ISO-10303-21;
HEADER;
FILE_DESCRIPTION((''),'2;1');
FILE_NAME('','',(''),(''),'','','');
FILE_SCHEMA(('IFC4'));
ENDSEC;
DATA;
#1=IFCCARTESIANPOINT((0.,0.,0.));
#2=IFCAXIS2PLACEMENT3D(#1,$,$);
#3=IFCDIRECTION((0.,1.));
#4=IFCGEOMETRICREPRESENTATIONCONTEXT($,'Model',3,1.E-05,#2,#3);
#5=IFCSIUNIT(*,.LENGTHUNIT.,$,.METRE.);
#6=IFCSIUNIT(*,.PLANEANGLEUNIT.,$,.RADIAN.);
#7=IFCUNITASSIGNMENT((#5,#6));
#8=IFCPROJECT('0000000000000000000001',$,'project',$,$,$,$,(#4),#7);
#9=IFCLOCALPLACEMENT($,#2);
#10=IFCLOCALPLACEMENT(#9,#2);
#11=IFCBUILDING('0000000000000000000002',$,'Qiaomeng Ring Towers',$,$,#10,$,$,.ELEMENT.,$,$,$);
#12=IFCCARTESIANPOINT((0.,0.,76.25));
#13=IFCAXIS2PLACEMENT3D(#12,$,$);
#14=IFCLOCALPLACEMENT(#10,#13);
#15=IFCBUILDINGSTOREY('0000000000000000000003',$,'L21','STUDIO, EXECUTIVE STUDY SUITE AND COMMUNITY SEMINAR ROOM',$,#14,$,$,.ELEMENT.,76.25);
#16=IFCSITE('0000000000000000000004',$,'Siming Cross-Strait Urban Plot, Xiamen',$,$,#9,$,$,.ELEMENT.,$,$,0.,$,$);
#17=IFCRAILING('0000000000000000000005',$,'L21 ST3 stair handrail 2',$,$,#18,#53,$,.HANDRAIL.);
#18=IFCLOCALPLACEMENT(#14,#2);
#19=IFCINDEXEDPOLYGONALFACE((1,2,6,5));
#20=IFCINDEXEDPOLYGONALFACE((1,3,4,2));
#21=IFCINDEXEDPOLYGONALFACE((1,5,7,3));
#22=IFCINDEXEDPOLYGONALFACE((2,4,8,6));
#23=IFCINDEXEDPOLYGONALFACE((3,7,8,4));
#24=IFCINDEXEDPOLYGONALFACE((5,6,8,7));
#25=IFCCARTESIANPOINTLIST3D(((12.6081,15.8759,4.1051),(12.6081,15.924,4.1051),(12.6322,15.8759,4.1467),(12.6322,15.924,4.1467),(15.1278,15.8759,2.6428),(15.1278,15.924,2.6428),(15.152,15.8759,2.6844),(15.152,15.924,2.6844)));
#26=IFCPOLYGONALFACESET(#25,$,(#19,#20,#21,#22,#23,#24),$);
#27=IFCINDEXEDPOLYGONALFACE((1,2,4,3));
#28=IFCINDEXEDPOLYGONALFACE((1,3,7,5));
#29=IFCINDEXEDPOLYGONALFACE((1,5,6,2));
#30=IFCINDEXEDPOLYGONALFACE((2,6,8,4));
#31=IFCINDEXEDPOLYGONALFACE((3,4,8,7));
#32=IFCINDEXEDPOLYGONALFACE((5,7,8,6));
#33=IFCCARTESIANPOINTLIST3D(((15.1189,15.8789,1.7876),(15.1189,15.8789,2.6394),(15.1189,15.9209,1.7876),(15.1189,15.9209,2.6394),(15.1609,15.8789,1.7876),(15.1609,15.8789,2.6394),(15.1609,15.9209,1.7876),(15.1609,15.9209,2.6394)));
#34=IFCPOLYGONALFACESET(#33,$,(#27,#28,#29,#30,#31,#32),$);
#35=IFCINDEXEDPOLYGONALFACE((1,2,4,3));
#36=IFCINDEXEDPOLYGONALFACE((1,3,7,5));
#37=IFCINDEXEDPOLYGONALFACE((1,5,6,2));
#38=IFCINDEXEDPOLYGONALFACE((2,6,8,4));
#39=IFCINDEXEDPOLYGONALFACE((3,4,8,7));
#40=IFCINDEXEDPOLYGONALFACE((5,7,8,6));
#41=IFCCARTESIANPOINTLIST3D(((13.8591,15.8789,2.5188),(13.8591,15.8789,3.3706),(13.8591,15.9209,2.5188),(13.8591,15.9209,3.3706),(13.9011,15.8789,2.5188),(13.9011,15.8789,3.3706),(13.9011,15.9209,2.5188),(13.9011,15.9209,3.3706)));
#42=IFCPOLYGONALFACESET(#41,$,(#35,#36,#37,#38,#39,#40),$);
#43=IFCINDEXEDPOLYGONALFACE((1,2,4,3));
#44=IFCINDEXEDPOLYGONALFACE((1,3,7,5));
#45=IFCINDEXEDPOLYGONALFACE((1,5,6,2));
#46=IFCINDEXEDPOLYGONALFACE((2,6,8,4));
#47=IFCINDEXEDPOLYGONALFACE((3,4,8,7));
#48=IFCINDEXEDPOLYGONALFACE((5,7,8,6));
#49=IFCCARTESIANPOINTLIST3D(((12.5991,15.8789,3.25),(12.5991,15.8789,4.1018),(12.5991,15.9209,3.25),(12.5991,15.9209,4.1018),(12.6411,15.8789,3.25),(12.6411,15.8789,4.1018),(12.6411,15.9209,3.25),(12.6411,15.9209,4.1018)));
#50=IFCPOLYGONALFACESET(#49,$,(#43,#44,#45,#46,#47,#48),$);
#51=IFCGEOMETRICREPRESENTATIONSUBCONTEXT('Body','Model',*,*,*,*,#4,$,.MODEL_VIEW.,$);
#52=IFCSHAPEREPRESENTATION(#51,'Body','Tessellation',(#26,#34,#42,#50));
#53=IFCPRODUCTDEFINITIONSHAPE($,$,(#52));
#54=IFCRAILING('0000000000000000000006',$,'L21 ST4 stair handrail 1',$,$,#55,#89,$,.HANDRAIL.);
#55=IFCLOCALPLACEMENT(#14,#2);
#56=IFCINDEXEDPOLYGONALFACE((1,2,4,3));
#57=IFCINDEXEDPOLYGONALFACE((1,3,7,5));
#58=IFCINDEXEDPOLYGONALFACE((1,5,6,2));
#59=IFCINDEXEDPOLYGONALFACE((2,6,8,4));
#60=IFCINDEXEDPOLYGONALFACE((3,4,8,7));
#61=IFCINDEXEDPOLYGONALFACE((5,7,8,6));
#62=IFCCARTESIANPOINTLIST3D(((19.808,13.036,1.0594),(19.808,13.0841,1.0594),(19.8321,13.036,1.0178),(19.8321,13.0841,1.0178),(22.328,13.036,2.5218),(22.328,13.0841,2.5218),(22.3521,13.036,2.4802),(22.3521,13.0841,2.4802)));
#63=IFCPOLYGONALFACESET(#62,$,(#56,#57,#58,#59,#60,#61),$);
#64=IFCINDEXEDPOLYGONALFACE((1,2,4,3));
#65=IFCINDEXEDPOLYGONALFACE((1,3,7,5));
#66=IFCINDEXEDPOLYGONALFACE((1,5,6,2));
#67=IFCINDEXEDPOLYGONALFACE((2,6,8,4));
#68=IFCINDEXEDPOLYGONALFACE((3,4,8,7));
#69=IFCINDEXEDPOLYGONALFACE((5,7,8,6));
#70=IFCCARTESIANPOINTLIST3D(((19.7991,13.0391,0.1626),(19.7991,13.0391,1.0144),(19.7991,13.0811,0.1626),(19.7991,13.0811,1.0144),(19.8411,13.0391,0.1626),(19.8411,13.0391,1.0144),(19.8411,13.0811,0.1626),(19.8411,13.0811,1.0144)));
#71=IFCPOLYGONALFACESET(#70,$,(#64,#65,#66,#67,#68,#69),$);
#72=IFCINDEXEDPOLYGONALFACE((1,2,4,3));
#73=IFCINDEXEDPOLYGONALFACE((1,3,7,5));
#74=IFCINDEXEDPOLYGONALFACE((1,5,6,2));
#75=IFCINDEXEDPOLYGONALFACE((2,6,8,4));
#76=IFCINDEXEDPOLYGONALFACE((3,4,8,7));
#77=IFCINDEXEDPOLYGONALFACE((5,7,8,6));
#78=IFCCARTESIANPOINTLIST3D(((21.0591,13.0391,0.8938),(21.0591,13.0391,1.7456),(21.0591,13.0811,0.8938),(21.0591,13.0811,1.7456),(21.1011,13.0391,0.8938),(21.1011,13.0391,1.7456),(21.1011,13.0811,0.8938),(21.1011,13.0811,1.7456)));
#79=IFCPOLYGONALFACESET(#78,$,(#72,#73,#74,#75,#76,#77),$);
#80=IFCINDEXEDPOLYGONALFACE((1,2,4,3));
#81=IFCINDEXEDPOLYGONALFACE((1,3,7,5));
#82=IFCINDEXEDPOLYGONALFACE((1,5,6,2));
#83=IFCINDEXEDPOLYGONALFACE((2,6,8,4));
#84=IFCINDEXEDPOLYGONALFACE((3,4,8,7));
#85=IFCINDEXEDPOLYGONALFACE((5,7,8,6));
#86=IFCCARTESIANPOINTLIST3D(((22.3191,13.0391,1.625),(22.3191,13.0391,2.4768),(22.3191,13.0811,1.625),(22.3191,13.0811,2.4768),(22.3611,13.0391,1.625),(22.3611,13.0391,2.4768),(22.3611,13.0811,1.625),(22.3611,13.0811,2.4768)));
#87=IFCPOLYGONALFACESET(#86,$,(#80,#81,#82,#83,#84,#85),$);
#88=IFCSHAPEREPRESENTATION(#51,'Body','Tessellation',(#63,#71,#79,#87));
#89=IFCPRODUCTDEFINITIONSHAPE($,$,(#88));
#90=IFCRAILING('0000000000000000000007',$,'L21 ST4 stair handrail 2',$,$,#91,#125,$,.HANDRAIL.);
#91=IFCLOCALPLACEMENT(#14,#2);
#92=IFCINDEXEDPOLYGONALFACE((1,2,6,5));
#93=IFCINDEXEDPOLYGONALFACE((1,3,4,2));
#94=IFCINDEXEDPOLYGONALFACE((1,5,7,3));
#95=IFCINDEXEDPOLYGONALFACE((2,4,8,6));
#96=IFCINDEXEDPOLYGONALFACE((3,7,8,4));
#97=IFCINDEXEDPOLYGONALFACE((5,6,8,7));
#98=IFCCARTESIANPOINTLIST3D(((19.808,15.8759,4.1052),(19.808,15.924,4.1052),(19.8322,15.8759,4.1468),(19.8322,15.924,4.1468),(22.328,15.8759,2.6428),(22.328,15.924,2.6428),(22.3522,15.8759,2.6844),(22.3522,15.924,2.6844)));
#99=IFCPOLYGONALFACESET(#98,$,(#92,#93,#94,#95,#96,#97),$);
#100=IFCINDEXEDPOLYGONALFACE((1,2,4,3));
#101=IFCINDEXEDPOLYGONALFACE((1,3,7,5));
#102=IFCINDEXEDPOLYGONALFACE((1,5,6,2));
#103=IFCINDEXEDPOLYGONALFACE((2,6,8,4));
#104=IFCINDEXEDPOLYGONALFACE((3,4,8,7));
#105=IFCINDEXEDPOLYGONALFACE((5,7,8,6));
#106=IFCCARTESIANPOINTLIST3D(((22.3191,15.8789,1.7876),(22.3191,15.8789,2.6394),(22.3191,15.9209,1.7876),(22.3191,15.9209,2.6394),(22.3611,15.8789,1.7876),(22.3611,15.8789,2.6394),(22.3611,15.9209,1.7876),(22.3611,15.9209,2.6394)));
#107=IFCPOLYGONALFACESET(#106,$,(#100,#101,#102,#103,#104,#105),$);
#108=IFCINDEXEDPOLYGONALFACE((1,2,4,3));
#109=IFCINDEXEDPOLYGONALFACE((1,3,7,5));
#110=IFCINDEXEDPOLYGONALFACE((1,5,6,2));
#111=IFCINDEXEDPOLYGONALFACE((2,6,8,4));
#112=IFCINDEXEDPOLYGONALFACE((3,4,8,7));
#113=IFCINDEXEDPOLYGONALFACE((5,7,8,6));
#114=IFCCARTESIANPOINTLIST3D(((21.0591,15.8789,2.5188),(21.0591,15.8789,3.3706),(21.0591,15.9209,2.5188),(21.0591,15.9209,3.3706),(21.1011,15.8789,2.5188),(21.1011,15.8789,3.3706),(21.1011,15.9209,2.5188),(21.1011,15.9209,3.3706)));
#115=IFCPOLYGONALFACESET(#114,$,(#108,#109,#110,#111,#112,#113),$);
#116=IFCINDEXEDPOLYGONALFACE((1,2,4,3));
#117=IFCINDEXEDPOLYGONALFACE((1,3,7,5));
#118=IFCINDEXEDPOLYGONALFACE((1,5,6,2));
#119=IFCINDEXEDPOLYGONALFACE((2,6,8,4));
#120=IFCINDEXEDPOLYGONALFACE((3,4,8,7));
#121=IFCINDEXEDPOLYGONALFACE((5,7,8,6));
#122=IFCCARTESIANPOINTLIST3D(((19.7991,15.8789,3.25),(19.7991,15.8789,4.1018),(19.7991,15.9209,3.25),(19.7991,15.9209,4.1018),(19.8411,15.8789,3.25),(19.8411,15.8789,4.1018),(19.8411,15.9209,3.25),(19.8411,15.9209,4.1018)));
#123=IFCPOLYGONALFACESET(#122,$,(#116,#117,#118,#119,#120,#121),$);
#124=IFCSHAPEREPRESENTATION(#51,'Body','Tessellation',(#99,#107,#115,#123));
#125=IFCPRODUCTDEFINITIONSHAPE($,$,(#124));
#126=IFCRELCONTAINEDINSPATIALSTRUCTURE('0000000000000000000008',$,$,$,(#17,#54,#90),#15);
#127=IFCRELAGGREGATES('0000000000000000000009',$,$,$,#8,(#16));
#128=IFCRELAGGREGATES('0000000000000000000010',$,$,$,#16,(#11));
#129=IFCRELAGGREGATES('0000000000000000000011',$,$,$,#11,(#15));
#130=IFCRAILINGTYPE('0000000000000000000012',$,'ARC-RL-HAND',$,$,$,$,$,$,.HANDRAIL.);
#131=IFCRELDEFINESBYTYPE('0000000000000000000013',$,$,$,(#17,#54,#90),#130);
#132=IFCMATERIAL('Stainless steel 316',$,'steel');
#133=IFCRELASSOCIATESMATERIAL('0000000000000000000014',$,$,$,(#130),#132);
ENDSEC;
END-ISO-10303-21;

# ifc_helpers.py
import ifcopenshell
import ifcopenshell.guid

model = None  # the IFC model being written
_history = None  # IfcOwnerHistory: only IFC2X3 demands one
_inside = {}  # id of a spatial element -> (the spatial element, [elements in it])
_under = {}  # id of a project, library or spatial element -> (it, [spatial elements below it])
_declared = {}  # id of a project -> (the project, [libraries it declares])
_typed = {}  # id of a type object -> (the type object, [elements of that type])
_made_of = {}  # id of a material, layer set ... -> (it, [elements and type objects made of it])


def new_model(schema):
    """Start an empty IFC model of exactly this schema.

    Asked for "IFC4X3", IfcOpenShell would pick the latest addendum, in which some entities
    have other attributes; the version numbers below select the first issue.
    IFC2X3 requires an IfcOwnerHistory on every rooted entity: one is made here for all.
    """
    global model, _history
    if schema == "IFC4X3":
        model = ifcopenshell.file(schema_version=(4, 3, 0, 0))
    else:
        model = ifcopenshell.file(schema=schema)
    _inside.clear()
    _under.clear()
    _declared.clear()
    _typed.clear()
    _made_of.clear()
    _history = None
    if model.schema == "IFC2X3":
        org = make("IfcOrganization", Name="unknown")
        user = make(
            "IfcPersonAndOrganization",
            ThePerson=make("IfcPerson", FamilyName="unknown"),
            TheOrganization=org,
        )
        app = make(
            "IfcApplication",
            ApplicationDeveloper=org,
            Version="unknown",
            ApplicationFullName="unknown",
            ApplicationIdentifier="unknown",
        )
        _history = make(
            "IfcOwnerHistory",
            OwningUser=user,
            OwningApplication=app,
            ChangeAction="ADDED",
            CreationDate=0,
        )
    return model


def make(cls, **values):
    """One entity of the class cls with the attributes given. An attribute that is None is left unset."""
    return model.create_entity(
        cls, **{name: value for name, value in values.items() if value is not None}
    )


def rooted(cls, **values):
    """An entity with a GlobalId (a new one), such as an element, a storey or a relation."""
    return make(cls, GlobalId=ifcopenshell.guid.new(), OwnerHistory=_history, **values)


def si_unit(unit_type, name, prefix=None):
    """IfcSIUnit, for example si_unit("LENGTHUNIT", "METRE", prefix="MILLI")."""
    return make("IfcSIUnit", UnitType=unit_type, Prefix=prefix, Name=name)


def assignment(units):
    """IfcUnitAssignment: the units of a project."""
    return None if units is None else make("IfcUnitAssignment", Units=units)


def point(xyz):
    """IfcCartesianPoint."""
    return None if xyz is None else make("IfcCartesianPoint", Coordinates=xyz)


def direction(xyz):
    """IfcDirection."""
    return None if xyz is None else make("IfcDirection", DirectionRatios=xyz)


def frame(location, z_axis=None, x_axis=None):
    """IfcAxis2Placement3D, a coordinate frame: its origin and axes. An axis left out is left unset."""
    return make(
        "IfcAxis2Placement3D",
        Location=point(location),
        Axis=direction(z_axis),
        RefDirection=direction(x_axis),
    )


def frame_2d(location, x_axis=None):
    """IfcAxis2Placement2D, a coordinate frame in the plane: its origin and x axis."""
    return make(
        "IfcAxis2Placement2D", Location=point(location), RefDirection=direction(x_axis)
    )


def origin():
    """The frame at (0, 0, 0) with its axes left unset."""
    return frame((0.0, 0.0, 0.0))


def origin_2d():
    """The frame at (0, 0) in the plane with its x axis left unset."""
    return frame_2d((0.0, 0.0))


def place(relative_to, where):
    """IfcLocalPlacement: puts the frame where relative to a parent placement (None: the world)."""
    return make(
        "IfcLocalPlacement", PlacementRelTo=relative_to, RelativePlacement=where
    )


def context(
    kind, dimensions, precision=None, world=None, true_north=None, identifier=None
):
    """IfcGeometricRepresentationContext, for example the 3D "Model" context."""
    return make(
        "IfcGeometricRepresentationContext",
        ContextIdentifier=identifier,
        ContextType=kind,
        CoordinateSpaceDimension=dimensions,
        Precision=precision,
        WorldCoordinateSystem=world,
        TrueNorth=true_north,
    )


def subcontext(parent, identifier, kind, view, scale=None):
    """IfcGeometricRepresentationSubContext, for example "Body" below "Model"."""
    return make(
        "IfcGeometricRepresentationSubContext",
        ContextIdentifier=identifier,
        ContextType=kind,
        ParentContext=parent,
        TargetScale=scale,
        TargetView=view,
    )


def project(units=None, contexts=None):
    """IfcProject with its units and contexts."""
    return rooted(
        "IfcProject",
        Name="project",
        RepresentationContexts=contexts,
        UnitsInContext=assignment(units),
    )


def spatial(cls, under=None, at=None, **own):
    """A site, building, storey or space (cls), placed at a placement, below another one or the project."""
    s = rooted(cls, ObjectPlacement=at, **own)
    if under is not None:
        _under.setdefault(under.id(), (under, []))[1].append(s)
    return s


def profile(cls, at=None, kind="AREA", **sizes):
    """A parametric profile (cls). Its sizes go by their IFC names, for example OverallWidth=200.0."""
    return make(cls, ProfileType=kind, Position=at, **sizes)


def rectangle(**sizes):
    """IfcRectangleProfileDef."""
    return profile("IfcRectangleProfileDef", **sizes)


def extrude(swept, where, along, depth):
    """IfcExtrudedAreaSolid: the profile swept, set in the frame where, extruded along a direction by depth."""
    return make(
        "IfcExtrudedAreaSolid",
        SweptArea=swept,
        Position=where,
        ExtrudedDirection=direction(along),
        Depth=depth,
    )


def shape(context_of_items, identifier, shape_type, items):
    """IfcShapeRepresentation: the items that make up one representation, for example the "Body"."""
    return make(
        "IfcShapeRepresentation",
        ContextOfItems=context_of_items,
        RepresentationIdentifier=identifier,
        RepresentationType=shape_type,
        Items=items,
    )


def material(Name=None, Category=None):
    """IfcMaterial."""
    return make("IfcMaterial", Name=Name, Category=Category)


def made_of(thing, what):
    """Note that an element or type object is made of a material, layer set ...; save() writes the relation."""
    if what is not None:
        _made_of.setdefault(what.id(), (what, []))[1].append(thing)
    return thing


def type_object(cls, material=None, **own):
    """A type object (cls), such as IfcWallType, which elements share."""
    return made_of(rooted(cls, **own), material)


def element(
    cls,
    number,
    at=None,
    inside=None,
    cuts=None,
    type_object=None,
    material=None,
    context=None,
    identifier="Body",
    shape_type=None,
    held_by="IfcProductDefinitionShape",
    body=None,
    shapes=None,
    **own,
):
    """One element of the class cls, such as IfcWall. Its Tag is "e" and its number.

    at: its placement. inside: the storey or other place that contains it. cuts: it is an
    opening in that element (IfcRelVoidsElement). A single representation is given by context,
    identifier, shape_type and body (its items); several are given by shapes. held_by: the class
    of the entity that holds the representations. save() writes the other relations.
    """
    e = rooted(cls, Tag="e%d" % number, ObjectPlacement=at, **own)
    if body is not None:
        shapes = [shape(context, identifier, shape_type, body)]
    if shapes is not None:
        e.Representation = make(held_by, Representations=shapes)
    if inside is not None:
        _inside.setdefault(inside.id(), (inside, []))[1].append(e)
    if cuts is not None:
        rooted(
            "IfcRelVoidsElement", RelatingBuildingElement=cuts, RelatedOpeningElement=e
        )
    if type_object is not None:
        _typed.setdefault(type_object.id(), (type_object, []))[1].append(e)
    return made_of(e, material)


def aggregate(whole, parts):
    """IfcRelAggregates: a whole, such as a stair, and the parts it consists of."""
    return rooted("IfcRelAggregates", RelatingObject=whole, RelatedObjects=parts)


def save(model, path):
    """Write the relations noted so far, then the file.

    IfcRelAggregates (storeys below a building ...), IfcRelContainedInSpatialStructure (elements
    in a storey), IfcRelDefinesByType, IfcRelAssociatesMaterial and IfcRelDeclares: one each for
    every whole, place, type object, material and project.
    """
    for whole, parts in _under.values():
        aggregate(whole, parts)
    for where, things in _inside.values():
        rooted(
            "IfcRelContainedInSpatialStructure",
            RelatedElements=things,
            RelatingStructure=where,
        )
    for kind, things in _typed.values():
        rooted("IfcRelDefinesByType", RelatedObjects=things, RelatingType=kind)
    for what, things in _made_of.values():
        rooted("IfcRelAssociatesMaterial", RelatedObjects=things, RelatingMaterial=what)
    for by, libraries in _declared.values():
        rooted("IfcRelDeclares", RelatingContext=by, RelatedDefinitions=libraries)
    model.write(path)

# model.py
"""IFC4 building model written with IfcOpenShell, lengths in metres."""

from ifc_helpers import new_model, si_unit, direction, frame, origin, origin_2d, place, context, subcontext, project, spatial, rectangle, extrude, material, type_object, element, save


model = new_model("IFC4")

# Units and contexts
model_context = context("Model", 3, precision=1e-05, world=origin(), true_north=direction((0.0, 1.0)))
body_context = subcontext(model_context, "Body", "Model", "MODEL_VIEW")
ifc_project = project(units=[si_unit("LENGTHUNIT", "METRE"), si_unit("PLANEANGLEUNIT", "RADIAN")], contexts=[model_context])

# Site, building, storey
site_placement = place(None, origin())
site = spatial("IfcSite", under=ifc_project, at=site_placement, Name="Siming Cross-Strait Urban Plot, Xiamen", CompositionType="ELEMENT", RefElevation=0.0)
building_placement = place(site_placement, origin())
building = spatial("IfcBuilding", under=site, at=building_placement, Name="Qiaomeng Ring Towers", CompositionType="ELEMENT")
storey_placement = place(building_placement, frame((0.0, 0.0, 76.25)))
storey = spatial("IfcBuildingStorey", under=building, at=storey_placement, Name="L21", Description="STUDIO, EXECUTIVE STUDY SUITE AND COMMUNITY SEMINAR ROOM", CompositionType="ELEMENT", Elevation=76.25)

# Railings
ifc_material_1 = material(Name="Stainless steel 316", Category="steel")
railing_type_1 = type_object("IfcRailingType", Name="ARC-RL-HAND", PredefinedType="HANDRAIL", material=ifc_material_1)
railing_1_placement = place(storey_placement, frame((15.1399, 15.8999, 1.7876)))
element("IfcRailing", 1, at=railing_1_placement, inside=storey, type_object=railing_type_1, Name="L21 ST3 stair handrail 2", PredefinedType="HANDRAIL", context=body_context, shape_type="SweptSolid", body=[
    extrude(rectangle(XDim=0.0481, YDim=0.0481, at=origin_2d()), frame((0.0, 0.0, 0.876), z_axis=(-0.864892, 0.0, 0.501958), x_axis=(0.0, -1.0, 0.0)), (0.0, 0.0, 1.0), 2.9133),
    extrude(rectangle(XDim=0.042, YDim=0.042, at=origin_2d()), origin(), (0.0, 0.0, 1.0), 0.8518),
    extrude(rectangle(XDim=0.042, YDim=0.042, at=origin_2d()), frame((-1.2598, 0.0, 0.7312)), (0.0, 0.0, 1.0), 0.8518),
    extrude(rectangle(XDim=0.042, YDim=0.042, at=origin_2d()), frame((-2.5198, 0.0, 1.4624)), (0.0, 0.0, 1.0), 0.8518),
])
railing_2_placement = place(storey_placement, frame((19.8201, 13.0601, 0.1626)))
element("IfcRailing", 2, at=railing_2_placement, inside=storey, type_object=railing_type_1, Name="L21 ST4 stair handrail 1", PredefinedType="HANDRAIL", context=body_context, shape_type="SweptSolid", body=[
    extrude(rectangle(XDim=0.0481, YDim=0.0481, at=origin_2d()), frame((0.0, 0.0, 0.876), z_axis=(0.864913, 0.0, 0.501921), x_axis=(0.0, 1.0, 0.0)), (0.0, 0.0, 1.0), 2.9136),
    extrude(rectangle(XDim=0.042, YDim=0.042, at=origin_2d()), origin(), (0.0, 0.0, 1.0), 0.8518),
    extrude(rectangle(XDim=0.042, YDim=0.042, at=origin_2d()), frame((1.26, 0.0, 0.7312)), (0.0, 0.0, 1.0), 0.8518),
    extrude(rectangle(XDim=0.042, YDim=0.042, at=origin_2d()), frame((2.52, 0.0, 1.4624)), (0.0, 0.0, 1.0), 0.8518),
])
railing_3_placement = place(storey_placement, frame((22.3401, 15.8999, 1.7876)))
element("IfcRailing", 3, at=railing_3_placement, inside=storey, type_object=railing_type_1, Name="L21 ST4 stair handrail 2", PredefinedType="HANDRAIL", context=body_context, shape_type="SweptSolid", body=[
    extrude(rectangle(XDim=0.0481, YDim=0.0481, at=origin_2d()), frame((0.0, 0.0, 0.876), z_axis=(-0.864913, 0.0, 0.501921), x_axis=(0.0, -1.0, 0.0)), (0.0, 0.0, 1.0), 2.9136),
    extrude(rectangle(XDim=0.042, YDim=0.042, at=origin_2d()), origin(), (0.0, 0.0, 1.0), 0.8518),
    extrude(rectangle(XDim=0.042, YDim=0.042, at=origin_2d()), frame((-1.26, 0.0, 0.7312)), (0.0, 0.0, 1.0), 0.8518),
    extrude(rectangle(XDim=0.042, YDim=0.042, at=origin_2d()), frame((-2.52, 0.0, 1.4624)), (0.0, 0.0, 1.0), 0.8518),
])

save(model, "model.ifc")
